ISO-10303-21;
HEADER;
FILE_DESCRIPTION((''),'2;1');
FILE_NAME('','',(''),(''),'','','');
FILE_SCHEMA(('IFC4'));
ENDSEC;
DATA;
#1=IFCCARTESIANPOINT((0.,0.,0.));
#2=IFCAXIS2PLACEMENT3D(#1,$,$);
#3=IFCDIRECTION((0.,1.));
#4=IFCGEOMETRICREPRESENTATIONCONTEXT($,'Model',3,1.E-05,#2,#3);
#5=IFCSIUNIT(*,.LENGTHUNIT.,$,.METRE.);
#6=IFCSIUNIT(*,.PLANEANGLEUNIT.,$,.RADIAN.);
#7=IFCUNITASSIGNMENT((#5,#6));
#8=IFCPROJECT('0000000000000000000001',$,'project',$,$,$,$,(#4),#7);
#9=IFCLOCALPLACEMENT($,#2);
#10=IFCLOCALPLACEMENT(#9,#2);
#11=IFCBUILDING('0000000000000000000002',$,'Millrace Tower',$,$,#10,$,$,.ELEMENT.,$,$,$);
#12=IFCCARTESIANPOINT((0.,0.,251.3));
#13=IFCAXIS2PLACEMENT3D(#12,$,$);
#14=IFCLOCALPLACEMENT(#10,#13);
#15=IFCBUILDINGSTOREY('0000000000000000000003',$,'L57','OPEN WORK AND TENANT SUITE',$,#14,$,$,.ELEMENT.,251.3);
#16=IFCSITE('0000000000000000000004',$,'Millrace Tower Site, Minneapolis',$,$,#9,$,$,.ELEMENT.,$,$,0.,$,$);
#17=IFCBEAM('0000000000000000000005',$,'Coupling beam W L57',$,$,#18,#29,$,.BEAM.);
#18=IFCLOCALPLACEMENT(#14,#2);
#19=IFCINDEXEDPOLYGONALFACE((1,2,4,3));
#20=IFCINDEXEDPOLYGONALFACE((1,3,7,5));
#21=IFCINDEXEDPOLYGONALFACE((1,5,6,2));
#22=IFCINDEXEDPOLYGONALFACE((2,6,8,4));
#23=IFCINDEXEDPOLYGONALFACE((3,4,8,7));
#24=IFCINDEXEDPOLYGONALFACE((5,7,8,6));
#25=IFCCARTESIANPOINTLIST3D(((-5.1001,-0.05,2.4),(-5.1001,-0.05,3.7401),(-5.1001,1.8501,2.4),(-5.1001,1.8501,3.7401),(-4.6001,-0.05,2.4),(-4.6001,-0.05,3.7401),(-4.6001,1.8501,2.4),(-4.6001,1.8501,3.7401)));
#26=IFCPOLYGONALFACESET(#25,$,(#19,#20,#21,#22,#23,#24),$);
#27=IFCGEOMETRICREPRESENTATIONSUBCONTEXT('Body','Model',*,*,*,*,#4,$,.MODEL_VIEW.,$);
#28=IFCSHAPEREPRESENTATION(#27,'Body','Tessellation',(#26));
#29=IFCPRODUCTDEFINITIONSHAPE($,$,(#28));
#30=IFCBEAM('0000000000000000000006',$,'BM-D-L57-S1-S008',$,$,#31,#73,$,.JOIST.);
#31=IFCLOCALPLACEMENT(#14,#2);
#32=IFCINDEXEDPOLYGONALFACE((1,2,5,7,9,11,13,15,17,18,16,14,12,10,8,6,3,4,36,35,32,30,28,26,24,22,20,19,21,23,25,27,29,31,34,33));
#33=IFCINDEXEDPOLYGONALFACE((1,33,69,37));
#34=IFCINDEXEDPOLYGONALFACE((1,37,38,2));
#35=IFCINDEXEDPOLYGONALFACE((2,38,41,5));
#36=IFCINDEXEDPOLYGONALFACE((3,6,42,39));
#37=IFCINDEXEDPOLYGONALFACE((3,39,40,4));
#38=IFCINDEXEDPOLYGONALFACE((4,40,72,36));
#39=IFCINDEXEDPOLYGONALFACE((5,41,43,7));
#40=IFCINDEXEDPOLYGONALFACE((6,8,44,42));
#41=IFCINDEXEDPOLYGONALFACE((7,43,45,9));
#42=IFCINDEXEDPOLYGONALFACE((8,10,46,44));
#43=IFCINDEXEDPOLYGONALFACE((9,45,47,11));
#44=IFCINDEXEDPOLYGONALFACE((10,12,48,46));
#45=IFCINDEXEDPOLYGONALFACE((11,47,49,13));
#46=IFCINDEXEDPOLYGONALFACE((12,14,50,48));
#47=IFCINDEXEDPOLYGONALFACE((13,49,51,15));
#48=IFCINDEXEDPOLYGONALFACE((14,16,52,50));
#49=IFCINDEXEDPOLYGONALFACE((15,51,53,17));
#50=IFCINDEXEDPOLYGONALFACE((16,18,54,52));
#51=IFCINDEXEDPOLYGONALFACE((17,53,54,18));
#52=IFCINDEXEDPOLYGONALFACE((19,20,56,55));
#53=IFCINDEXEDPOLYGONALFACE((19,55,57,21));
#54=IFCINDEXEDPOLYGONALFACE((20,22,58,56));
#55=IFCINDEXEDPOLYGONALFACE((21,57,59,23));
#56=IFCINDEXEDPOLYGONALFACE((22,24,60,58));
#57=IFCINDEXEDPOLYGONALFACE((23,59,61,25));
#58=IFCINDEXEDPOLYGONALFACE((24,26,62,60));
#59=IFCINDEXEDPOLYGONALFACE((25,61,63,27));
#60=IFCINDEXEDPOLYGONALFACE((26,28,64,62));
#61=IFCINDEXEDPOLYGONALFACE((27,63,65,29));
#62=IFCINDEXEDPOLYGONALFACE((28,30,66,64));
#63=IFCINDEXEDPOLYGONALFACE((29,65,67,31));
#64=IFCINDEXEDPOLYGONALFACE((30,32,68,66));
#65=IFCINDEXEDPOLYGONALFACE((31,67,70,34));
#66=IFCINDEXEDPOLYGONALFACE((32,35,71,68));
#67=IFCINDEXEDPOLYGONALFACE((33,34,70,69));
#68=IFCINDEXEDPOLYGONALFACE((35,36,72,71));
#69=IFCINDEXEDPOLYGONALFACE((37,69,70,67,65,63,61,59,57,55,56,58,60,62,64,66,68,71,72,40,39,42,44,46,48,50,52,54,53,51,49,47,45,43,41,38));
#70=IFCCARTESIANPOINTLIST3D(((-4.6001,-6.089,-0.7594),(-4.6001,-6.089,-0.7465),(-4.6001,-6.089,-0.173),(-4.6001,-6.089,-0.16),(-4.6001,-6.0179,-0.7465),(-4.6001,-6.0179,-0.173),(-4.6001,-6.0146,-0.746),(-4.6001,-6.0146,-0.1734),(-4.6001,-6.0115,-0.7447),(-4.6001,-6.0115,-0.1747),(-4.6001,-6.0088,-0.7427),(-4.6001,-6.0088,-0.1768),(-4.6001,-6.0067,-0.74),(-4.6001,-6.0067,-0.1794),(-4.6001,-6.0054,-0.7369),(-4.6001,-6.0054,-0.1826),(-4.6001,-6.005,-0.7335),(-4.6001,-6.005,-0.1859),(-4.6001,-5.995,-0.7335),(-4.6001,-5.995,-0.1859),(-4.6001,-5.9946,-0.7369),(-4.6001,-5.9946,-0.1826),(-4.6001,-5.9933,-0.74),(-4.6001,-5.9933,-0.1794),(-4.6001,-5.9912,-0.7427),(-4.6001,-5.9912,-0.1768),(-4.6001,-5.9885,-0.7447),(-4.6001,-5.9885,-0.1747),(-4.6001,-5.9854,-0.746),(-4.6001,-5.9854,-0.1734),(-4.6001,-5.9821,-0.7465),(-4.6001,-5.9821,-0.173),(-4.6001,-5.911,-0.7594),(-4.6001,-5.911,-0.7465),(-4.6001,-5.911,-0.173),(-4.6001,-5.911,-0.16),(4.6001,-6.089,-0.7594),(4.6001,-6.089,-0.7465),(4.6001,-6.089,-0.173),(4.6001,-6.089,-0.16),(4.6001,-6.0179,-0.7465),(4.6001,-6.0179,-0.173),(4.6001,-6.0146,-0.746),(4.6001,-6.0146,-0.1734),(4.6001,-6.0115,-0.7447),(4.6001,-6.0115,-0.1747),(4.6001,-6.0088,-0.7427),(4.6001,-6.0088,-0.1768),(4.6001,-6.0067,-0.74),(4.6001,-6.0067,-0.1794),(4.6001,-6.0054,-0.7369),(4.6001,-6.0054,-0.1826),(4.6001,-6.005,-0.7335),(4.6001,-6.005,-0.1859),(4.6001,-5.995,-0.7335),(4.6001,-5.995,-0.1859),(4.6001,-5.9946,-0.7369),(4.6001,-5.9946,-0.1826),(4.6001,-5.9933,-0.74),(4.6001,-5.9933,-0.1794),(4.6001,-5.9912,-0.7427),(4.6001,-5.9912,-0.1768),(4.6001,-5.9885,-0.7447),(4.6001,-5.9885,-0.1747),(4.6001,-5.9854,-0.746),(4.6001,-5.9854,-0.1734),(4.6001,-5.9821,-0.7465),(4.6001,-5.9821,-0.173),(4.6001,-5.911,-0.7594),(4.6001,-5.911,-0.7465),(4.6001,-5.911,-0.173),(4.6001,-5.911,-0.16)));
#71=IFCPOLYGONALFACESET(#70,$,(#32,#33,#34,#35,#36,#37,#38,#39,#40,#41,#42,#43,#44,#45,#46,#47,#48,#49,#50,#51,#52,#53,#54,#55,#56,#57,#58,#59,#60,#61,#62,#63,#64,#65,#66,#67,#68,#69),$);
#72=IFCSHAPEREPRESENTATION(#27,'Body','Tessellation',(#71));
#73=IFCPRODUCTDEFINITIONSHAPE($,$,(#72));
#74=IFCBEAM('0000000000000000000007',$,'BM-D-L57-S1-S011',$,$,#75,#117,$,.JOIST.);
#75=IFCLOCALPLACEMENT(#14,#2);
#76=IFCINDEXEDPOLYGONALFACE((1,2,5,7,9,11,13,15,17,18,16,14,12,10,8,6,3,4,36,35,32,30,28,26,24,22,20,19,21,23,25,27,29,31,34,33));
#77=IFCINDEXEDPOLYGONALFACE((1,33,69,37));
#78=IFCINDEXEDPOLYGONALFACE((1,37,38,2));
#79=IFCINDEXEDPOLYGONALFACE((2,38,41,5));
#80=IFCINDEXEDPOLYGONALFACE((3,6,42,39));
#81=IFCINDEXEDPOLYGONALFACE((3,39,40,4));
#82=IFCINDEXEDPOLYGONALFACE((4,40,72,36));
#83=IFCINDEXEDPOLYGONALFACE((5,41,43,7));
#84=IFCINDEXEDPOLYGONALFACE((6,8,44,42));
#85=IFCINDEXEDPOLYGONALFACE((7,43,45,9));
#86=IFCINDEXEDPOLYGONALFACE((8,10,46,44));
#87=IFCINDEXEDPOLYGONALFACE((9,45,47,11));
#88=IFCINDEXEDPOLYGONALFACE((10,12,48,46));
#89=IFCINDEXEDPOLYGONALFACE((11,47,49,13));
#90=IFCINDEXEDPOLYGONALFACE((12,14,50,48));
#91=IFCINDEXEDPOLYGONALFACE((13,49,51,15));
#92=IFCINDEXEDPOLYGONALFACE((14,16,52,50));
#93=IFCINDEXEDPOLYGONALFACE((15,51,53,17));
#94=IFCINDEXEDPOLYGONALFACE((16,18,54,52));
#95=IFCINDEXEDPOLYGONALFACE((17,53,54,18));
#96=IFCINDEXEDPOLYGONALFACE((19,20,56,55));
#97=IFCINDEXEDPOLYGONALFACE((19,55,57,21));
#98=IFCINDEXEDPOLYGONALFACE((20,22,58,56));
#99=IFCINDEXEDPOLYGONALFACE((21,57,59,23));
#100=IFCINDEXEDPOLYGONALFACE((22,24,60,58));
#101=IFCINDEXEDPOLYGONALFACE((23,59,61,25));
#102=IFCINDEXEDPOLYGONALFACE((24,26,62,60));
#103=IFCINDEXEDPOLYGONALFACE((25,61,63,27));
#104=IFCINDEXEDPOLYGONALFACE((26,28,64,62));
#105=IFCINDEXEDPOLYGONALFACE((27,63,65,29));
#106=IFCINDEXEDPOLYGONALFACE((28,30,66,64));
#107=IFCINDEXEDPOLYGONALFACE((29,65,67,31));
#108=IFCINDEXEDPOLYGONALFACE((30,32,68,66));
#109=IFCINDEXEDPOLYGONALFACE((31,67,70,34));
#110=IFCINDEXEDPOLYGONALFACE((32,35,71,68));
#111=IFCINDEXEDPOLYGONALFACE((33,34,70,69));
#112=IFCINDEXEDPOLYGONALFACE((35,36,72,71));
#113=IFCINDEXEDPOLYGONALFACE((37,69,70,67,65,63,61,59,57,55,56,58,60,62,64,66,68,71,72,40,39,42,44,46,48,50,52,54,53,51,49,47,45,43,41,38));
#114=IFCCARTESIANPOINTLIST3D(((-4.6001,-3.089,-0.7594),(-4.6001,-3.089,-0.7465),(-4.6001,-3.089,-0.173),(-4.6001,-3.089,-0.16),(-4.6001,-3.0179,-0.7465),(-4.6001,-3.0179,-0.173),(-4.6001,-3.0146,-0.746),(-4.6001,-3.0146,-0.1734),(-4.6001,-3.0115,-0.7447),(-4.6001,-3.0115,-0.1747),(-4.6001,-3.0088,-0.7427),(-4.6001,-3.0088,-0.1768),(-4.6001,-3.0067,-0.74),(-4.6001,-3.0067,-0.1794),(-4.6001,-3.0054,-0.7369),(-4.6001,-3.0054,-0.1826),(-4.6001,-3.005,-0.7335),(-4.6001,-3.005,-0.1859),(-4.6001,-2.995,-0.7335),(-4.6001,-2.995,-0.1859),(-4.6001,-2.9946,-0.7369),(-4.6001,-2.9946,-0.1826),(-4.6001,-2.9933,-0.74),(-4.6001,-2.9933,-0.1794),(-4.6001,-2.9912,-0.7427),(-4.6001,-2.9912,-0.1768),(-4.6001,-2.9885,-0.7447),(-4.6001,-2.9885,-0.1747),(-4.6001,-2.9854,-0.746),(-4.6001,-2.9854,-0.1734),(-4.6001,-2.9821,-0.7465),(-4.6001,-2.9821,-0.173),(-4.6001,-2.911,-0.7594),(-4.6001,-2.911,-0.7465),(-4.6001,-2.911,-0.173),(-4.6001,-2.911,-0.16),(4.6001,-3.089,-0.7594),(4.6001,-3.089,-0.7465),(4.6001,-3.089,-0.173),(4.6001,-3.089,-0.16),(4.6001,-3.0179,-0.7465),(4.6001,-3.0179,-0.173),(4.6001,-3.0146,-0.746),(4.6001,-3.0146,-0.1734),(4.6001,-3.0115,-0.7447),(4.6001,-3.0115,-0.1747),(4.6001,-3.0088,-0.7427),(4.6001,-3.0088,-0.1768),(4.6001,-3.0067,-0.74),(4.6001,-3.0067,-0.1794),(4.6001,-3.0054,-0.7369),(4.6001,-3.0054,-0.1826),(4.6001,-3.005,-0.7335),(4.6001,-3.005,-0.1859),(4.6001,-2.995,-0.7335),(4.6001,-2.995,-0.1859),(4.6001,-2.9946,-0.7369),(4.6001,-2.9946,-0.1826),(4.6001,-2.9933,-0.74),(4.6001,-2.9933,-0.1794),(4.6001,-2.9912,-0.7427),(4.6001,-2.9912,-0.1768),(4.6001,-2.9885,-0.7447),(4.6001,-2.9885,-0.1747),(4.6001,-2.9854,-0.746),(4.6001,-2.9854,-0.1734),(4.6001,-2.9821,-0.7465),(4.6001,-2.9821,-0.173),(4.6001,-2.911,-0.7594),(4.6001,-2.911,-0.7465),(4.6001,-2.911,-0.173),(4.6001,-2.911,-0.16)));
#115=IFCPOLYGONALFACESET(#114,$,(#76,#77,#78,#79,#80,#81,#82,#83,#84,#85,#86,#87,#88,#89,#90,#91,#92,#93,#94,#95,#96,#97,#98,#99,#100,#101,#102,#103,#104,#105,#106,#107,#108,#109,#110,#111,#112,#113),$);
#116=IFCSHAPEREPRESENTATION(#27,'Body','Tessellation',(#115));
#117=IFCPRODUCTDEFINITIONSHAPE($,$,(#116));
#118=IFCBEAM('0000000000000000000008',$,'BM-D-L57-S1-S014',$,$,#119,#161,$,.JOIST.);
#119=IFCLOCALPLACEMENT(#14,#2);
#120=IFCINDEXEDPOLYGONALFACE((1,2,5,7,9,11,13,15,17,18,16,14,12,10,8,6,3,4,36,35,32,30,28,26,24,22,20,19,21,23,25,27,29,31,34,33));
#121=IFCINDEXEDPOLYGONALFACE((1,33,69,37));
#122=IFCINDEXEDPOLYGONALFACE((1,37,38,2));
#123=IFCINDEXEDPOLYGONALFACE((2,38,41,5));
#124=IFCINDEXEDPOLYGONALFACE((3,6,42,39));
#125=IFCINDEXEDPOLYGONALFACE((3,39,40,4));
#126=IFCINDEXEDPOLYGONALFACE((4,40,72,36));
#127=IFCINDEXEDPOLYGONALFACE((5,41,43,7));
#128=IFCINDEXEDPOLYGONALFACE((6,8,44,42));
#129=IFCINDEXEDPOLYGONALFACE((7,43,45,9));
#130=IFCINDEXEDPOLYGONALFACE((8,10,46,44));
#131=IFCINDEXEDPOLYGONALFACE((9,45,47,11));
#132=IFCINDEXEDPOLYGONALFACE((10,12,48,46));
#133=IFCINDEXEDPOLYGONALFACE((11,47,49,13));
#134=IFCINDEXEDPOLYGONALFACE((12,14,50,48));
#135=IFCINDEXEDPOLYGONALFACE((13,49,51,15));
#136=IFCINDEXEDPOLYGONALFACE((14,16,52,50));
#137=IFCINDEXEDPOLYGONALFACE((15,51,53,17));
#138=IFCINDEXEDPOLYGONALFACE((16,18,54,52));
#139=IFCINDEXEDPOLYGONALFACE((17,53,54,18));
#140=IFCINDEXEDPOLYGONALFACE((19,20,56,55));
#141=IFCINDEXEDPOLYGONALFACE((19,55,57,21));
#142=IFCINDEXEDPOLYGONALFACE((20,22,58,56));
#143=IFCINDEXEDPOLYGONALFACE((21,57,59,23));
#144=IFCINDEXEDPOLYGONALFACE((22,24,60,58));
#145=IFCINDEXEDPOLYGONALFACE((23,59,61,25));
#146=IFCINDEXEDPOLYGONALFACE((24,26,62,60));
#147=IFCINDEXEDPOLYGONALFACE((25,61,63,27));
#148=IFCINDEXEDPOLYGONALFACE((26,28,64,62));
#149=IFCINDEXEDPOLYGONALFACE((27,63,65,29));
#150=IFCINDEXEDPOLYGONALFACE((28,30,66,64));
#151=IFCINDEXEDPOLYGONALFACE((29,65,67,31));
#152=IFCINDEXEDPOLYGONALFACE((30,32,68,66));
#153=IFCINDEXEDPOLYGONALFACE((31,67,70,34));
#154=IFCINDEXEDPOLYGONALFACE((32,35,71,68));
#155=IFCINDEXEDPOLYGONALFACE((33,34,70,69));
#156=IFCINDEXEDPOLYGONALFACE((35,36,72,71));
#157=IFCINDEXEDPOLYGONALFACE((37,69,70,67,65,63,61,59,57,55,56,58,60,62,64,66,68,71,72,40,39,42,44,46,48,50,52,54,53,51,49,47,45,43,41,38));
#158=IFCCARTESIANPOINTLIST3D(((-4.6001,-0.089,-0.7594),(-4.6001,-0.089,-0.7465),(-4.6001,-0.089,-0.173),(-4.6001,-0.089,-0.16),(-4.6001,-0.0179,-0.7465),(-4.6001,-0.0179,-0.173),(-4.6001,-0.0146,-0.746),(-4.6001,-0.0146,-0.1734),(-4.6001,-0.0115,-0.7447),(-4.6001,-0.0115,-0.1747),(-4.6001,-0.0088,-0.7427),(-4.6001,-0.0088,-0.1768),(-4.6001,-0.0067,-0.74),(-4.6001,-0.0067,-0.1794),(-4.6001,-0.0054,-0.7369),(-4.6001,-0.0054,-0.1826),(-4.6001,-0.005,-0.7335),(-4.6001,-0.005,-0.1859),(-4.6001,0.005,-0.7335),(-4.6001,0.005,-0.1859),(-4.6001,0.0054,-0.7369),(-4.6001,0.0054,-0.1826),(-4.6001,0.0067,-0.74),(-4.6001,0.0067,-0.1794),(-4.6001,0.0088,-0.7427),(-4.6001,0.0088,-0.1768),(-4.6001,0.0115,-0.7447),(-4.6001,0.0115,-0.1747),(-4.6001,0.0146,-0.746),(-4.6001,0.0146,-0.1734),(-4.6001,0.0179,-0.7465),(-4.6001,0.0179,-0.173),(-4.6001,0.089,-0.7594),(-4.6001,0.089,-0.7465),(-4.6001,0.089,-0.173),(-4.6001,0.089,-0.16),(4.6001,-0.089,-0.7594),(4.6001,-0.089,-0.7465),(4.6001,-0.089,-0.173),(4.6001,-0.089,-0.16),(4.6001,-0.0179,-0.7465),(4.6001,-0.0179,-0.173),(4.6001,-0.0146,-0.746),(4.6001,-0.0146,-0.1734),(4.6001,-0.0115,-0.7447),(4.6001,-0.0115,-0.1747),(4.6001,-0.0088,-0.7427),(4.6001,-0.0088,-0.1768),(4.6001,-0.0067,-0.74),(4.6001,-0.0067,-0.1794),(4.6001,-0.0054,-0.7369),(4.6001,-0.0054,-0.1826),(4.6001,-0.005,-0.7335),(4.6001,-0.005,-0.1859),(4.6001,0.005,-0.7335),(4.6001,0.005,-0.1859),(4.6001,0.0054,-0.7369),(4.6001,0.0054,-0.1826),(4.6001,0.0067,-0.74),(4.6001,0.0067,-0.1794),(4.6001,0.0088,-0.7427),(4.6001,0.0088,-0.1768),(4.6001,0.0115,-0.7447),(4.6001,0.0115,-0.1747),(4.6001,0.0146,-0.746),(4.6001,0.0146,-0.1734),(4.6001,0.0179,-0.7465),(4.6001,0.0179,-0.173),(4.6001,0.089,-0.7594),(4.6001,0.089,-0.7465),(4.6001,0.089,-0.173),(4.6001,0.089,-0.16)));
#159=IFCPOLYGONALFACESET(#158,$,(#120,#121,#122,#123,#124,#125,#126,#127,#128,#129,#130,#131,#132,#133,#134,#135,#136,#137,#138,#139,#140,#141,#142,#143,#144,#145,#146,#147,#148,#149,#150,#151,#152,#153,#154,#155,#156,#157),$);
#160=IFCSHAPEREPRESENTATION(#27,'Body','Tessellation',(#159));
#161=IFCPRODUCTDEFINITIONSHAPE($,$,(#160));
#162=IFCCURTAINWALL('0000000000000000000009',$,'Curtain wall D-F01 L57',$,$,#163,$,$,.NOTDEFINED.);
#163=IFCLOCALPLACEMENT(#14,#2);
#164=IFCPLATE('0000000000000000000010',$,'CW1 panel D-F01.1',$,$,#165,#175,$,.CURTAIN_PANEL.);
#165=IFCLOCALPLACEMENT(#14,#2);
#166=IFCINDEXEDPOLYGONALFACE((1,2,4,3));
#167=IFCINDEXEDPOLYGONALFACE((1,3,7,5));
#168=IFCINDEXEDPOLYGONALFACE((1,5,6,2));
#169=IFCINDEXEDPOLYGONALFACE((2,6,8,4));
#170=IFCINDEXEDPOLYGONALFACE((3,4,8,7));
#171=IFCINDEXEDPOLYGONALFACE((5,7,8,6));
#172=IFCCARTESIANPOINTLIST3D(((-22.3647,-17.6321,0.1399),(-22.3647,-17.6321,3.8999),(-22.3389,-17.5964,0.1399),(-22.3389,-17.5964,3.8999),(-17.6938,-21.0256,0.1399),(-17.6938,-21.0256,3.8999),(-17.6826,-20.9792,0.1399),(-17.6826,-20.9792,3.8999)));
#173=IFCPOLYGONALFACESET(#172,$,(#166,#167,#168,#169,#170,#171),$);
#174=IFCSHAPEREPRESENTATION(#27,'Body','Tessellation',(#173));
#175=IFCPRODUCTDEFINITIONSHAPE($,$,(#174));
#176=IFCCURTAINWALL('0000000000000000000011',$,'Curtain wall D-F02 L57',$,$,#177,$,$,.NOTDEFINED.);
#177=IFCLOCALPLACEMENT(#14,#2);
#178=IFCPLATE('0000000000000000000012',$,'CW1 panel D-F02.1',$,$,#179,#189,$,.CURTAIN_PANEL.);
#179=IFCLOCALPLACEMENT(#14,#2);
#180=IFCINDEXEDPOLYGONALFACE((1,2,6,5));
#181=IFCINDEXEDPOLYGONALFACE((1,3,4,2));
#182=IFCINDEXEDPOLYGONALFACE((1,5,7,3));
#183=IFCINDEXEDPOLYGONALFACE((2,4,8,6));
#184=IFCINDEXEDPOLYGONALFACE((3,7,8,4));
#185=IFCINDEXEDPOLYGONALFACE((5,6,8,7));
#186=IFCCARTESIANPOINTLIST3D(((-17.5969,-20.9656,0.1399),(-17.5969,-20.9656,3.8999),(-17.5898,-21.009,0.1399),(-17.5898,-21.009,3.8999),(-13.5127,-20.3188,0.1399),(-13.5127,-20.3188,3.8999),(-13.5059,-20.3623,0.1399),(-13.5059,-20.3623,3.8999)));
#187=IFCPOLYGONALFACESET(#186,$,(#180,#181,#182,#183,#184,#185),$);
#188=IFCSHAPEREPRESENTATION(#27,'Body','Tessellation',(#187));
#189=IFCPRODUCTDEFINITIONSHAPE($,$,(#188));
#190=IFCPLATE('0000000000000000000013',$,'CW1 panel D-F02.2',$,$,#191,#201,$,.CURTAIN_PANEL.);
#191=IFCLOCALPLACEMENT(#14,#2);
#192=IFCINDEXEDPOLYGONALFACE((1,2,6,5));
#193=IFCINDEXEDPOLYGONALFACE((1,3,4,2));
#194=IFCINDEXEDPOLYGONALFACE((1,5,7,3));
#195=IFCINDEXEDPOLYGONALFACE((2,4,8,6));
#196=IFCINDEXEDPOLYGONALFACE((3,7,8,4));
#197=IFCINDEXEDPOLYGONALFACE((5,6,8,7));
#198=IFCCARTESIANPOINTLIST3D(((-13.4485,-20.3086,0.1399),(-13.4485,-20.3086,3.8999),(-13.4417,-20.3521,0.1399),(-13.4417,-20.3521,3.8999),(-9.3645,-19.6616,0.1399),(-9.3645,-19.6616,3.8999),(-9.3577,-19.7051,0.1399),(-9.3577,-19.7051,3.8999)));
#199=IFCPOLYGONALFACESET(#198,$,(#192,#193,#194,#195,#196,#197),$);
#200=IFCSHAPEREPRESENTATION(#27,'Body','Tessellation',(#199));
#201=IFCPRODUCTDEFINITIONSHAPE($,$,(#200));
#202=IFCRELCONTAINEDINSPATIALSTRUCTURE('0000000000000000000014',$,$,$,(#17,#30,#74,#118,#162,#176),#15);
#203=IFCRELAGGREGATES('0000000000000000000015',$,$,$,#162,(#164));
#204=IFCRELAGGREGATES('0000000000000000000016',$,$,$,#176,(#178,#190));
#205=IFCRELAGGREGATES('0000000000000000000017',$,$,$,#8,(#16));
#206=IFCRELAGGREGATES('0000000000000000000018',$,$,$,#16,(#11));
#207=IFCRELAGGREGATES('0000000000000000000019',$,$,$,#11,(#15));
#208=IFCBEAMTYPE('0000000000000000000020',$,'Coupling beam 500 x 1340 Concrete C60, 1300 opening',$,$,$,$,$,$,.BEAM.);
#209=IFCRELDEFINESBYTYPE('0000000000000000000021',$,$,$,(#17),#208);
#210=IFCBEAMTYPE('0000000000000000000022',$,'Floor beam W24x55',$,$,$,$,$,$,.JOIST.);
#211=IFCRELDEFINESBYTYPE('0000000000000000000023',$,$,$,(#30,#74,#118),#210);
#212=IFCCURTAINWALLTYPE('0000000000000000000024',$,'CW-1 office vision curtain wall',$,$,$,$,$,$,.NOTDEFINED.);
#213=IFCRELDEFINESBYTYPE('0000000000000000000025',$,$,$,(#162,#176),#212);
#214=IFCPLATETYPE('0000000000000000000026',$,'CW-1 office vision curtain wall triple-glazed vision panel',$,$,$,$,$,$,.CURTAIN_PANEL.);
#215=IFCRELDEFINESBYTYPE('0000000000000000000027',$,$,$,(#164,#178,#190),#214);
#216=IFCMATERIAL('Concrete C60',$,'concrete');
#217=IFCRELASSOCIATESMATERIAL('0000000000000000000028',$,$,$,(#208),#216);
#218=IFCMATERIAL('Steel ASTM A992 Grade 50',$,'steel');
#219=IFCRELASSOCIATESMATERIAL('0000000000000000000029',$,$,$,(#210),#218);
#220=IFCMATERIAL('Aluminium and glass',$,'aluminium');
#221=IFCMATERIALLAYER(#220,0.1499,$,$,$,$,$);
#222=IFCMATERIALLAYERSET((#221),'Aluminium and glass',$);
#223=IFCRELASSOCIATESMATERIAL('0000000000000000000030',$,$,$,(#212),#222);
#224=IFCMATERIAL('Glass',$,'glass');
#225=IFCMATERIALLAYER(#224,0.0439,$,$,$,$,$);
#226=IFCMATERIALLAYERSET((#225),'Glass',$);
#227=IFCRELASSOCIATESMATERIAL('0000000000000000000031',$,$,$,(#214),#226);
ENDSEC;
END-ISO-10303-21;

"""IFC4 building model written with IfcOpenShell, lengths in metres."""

from ifc_helpers import new_model, si_unit, direction, frame, origin, origin_2d, place, context, subcontext, project, spatial, polyline, rectangle, i_section, outline, extrude, material, layer, layer_set, material_profile, profile_set, type_object, element, aggregate, save


model = new_model("IFC4")

# Units and contexts
model_context = context("Model", 3, precision=1e-05, world=origin(), true_north=direction((0.0, 1.0)))
body_context = subcontext(model_context, "Body", "Model", "MODEL_VIEW")
ifc_project = project(units=[si_unit("LENGTHUNIT", "METRE"), si_unit("PLANEANGLEUNIT", "RADIAN")], contexts=[model_context])

# Site, building, storey
site_placement = place(None, origin())
site = spatial("IfcSite", under=ifc_project, at=site_placement, Name="Millrace Tower Site, Minneapolis", CompositionType="ELEMENT", RefElevation=0.0)
building_placement = place(site_placement, origin())
building = spatial("IfcBuilding", under=site, at=building_placement, Name="Millrace Tower", CompositionType="ELEMENT")
storey_placement = place(building_placement, frame((0.0, 0.0, 251.3)))
storey = spatial("IfcBuildingStorey", under=building, at=storey_placement, Name="L57", Description="OPEN WORK AND TENANT SUITE", CompositionType="ELEMENT", Elevation=251.3)

# Beams
ifc_material_1 = material(Name="Concrete C60", Category="concrete")
ifc_material_profile_1 = material_profile(ifc_material_1, rectangle(XDim=0.5, YDim=1.3401, at=origin_2d()))
ifc_profile_set_1 = profile_set([ifc_material_profile_1], Name="Concrete C60")
beam_type_1 = type_object("IfcBeamType", Name="Coupling beam 500 x 1340 Concrete C60, 1300 opening", PredefinedType="BEAM", material=ifc_profile_set_1)
beam_placement = place(storey_placement, frame((-4.8501, -0.05, 3.0701), z_axis=(0.0, 1.0, 0.0), x_axis=(-1.0, 0.0, 0.0)))
element("IfcBeam", 1, at=beam_placement, inside=storey, type_object=beam_type_1, Name="Coupling beam W L57", PredefinedType="BEAM", context=body_context, shape_type="SweptSolid", body=[
    extrude(rectangle(XDim=0.5, YDim=1.3401, at=origin_2d()), origin(), (0.0, 0.0, 1.0), 1.9001),
])
ifc_material_2 = material(Name="Steel ASTM A992 Grade 50", Category="steel")
ifc_material_profile_2 = material_profile(ifc_material_2, i_section(OverallWidth=0.178, OverallDepth=0.5994, WebThickness=0.01, FlangeThickness=0.0129, FilletRadius=0.0129, at=origin_2d()))
ifc_profile_set_2 = profile_set([ifc_material_profile_2], Name="Steel ASTM A992 Grade 50")
beam_type_2 = type_object("IfcBeamType", Name="Floor beam W24x55", PredefinedType="JOIST", material=ifc_profile_set_2)
for number, where, z_axis, x_axis, name in (
    (2, (-4.6001, -6.0, -0.4597), (1.0, 0.0, 0.0), (0.0, 1.0, 0.0), "BM-D-L57-S1-S008"),
    (3, (-4.6001, -3.0, -0.4597), (1.0, 0.0, 0.0), (0.0, 1.0, 0.0), "BM-D-L57-S1-S011"),
    (4, (-4.6001, 0.0, -0.4597), (1.0, 0.0, 0.0), (0.0, 1.0, 0.0), "BM-D-L57-S1-S014"),
):
    element("IfcBeam", number, at=place(storey_placement, frame(where, z_axis=z_axis, x_axis=x_axis)), inside=storey, type_object=beam_type_2, Name=name, PredefinedType="JOIST", context=body_context, shape_type="SweptSolid", body=[
        extrude(i_section(OverallWidth=0.178, OverallDepth=0.5994, WebThickness=0.01, FlangeThickness=0.0129, FilletRadius=0.0129, at=origin_2d()), origin(), (0.0, 0.0, 1.0), 9.2002),
    ])

# Curtain wall, plate
ifc_material_3 = material(Name="Aluminium and glass", Category="aluminium")
ifc_layer_1 = layer(ifc_material_3, 0.1499)
ifc_layer_set_1 = layer_set([ifc_layer_1], Name="Aluminium and glass")
curtain_wall_type = type_object("IfcCurtainWallType", Name="CW-1 office vision curtain wall", PredefinedType="NOTDEFINED", material=ifc_layer_set_1)
placement_1 = place(storey_placement, origin())
curtain_wall_1 = element("IfcCurtainWall", 5, at=placement_1, inside=storey, type_object=curtain_wall_type, Name="Curtain wall D-F01 L57", PredefinedType="NOTDEFINED")
ifc_material_4 = material(Name="Glass", Category="glass")
ifc_layer_2 = layer(ifc_material_4, 0.0439)
ifc_layer_set_2 = layer_set([ifc_layer_2], Name="Glass")
plate_type = type_object("IfcPlateType", Name="CW-1 office vision curtain wall triple-glazed vision panel", PredefinedType="CURTAIN_PANEL", material=ifc_layer_set_2)
placement_2 = place(storey_placement, frame((0.0, 0.0, 0.1399)))
plate_1 = element("IfcPlate", 6, at=placement_2, type_object=plate_type, Name="CW1 panel D-F01.1", PredefinedType="CURTAIN_PANEL", context=body_context, shape_type="SweptSolid", body=[
    extrude(outline(polyline([(-22.3647, -17.6321), (-17.6938, -21.0256), (-17.6826, -20.9792), (-22.3389, -17.5964), (-22.3647, -17.6321)])), origin(), (0.0, 0.0, 1.0), 3.76),
])
aggregate(curtain_wall_1, [plate_1])

# Curtain wall, plates
curtain_wall_2 = element("IfcCurtainWall", 7, at=placement_1, inside=storey, type_object=curtain_wall_type, Name="Curtain wall D-F02 L57", PredefinedType="NOTDEFINED")
plate_2 = element("IfcPlate", 8, at=placement_2, type_object=plate_type, Name="CW1 panel D-F02.1", PredefinedType="CURTAIN_PANEL", context=body_context, shape_type="SweptSolid", body=[
    extrude(outline(polyline([(-17.5898, -21.009), (-13.5059, -20.3623), (-13.5127, -20.3188), (-17.5969, -20.9656), (-17.5898, -21.009)])), origin(), (0.0, 0.0, 1.0), 3.76),
])
plate_3 = element("IfcPlate", 9, at=placement_2, type_object=plate_type, Name="CW1 panel D-F02.2", PredefinedType="CURTAIN_PANEL", context=body_context, shape_type="SweptSolid", body=[
    extrude(outline(polyline([(-13.4417, -20.3521), (-9.3577, -19.7051), (-9.3645, -19.6616), (-13.4485, -20.3086), (-13.4417, -20.3521)])), origin(), (0.0, 0.0, 1.0), 3.76),
])
aggregate(curtain_wall_2, [plate_2, plate_3])

save(model, "model.ifc")
